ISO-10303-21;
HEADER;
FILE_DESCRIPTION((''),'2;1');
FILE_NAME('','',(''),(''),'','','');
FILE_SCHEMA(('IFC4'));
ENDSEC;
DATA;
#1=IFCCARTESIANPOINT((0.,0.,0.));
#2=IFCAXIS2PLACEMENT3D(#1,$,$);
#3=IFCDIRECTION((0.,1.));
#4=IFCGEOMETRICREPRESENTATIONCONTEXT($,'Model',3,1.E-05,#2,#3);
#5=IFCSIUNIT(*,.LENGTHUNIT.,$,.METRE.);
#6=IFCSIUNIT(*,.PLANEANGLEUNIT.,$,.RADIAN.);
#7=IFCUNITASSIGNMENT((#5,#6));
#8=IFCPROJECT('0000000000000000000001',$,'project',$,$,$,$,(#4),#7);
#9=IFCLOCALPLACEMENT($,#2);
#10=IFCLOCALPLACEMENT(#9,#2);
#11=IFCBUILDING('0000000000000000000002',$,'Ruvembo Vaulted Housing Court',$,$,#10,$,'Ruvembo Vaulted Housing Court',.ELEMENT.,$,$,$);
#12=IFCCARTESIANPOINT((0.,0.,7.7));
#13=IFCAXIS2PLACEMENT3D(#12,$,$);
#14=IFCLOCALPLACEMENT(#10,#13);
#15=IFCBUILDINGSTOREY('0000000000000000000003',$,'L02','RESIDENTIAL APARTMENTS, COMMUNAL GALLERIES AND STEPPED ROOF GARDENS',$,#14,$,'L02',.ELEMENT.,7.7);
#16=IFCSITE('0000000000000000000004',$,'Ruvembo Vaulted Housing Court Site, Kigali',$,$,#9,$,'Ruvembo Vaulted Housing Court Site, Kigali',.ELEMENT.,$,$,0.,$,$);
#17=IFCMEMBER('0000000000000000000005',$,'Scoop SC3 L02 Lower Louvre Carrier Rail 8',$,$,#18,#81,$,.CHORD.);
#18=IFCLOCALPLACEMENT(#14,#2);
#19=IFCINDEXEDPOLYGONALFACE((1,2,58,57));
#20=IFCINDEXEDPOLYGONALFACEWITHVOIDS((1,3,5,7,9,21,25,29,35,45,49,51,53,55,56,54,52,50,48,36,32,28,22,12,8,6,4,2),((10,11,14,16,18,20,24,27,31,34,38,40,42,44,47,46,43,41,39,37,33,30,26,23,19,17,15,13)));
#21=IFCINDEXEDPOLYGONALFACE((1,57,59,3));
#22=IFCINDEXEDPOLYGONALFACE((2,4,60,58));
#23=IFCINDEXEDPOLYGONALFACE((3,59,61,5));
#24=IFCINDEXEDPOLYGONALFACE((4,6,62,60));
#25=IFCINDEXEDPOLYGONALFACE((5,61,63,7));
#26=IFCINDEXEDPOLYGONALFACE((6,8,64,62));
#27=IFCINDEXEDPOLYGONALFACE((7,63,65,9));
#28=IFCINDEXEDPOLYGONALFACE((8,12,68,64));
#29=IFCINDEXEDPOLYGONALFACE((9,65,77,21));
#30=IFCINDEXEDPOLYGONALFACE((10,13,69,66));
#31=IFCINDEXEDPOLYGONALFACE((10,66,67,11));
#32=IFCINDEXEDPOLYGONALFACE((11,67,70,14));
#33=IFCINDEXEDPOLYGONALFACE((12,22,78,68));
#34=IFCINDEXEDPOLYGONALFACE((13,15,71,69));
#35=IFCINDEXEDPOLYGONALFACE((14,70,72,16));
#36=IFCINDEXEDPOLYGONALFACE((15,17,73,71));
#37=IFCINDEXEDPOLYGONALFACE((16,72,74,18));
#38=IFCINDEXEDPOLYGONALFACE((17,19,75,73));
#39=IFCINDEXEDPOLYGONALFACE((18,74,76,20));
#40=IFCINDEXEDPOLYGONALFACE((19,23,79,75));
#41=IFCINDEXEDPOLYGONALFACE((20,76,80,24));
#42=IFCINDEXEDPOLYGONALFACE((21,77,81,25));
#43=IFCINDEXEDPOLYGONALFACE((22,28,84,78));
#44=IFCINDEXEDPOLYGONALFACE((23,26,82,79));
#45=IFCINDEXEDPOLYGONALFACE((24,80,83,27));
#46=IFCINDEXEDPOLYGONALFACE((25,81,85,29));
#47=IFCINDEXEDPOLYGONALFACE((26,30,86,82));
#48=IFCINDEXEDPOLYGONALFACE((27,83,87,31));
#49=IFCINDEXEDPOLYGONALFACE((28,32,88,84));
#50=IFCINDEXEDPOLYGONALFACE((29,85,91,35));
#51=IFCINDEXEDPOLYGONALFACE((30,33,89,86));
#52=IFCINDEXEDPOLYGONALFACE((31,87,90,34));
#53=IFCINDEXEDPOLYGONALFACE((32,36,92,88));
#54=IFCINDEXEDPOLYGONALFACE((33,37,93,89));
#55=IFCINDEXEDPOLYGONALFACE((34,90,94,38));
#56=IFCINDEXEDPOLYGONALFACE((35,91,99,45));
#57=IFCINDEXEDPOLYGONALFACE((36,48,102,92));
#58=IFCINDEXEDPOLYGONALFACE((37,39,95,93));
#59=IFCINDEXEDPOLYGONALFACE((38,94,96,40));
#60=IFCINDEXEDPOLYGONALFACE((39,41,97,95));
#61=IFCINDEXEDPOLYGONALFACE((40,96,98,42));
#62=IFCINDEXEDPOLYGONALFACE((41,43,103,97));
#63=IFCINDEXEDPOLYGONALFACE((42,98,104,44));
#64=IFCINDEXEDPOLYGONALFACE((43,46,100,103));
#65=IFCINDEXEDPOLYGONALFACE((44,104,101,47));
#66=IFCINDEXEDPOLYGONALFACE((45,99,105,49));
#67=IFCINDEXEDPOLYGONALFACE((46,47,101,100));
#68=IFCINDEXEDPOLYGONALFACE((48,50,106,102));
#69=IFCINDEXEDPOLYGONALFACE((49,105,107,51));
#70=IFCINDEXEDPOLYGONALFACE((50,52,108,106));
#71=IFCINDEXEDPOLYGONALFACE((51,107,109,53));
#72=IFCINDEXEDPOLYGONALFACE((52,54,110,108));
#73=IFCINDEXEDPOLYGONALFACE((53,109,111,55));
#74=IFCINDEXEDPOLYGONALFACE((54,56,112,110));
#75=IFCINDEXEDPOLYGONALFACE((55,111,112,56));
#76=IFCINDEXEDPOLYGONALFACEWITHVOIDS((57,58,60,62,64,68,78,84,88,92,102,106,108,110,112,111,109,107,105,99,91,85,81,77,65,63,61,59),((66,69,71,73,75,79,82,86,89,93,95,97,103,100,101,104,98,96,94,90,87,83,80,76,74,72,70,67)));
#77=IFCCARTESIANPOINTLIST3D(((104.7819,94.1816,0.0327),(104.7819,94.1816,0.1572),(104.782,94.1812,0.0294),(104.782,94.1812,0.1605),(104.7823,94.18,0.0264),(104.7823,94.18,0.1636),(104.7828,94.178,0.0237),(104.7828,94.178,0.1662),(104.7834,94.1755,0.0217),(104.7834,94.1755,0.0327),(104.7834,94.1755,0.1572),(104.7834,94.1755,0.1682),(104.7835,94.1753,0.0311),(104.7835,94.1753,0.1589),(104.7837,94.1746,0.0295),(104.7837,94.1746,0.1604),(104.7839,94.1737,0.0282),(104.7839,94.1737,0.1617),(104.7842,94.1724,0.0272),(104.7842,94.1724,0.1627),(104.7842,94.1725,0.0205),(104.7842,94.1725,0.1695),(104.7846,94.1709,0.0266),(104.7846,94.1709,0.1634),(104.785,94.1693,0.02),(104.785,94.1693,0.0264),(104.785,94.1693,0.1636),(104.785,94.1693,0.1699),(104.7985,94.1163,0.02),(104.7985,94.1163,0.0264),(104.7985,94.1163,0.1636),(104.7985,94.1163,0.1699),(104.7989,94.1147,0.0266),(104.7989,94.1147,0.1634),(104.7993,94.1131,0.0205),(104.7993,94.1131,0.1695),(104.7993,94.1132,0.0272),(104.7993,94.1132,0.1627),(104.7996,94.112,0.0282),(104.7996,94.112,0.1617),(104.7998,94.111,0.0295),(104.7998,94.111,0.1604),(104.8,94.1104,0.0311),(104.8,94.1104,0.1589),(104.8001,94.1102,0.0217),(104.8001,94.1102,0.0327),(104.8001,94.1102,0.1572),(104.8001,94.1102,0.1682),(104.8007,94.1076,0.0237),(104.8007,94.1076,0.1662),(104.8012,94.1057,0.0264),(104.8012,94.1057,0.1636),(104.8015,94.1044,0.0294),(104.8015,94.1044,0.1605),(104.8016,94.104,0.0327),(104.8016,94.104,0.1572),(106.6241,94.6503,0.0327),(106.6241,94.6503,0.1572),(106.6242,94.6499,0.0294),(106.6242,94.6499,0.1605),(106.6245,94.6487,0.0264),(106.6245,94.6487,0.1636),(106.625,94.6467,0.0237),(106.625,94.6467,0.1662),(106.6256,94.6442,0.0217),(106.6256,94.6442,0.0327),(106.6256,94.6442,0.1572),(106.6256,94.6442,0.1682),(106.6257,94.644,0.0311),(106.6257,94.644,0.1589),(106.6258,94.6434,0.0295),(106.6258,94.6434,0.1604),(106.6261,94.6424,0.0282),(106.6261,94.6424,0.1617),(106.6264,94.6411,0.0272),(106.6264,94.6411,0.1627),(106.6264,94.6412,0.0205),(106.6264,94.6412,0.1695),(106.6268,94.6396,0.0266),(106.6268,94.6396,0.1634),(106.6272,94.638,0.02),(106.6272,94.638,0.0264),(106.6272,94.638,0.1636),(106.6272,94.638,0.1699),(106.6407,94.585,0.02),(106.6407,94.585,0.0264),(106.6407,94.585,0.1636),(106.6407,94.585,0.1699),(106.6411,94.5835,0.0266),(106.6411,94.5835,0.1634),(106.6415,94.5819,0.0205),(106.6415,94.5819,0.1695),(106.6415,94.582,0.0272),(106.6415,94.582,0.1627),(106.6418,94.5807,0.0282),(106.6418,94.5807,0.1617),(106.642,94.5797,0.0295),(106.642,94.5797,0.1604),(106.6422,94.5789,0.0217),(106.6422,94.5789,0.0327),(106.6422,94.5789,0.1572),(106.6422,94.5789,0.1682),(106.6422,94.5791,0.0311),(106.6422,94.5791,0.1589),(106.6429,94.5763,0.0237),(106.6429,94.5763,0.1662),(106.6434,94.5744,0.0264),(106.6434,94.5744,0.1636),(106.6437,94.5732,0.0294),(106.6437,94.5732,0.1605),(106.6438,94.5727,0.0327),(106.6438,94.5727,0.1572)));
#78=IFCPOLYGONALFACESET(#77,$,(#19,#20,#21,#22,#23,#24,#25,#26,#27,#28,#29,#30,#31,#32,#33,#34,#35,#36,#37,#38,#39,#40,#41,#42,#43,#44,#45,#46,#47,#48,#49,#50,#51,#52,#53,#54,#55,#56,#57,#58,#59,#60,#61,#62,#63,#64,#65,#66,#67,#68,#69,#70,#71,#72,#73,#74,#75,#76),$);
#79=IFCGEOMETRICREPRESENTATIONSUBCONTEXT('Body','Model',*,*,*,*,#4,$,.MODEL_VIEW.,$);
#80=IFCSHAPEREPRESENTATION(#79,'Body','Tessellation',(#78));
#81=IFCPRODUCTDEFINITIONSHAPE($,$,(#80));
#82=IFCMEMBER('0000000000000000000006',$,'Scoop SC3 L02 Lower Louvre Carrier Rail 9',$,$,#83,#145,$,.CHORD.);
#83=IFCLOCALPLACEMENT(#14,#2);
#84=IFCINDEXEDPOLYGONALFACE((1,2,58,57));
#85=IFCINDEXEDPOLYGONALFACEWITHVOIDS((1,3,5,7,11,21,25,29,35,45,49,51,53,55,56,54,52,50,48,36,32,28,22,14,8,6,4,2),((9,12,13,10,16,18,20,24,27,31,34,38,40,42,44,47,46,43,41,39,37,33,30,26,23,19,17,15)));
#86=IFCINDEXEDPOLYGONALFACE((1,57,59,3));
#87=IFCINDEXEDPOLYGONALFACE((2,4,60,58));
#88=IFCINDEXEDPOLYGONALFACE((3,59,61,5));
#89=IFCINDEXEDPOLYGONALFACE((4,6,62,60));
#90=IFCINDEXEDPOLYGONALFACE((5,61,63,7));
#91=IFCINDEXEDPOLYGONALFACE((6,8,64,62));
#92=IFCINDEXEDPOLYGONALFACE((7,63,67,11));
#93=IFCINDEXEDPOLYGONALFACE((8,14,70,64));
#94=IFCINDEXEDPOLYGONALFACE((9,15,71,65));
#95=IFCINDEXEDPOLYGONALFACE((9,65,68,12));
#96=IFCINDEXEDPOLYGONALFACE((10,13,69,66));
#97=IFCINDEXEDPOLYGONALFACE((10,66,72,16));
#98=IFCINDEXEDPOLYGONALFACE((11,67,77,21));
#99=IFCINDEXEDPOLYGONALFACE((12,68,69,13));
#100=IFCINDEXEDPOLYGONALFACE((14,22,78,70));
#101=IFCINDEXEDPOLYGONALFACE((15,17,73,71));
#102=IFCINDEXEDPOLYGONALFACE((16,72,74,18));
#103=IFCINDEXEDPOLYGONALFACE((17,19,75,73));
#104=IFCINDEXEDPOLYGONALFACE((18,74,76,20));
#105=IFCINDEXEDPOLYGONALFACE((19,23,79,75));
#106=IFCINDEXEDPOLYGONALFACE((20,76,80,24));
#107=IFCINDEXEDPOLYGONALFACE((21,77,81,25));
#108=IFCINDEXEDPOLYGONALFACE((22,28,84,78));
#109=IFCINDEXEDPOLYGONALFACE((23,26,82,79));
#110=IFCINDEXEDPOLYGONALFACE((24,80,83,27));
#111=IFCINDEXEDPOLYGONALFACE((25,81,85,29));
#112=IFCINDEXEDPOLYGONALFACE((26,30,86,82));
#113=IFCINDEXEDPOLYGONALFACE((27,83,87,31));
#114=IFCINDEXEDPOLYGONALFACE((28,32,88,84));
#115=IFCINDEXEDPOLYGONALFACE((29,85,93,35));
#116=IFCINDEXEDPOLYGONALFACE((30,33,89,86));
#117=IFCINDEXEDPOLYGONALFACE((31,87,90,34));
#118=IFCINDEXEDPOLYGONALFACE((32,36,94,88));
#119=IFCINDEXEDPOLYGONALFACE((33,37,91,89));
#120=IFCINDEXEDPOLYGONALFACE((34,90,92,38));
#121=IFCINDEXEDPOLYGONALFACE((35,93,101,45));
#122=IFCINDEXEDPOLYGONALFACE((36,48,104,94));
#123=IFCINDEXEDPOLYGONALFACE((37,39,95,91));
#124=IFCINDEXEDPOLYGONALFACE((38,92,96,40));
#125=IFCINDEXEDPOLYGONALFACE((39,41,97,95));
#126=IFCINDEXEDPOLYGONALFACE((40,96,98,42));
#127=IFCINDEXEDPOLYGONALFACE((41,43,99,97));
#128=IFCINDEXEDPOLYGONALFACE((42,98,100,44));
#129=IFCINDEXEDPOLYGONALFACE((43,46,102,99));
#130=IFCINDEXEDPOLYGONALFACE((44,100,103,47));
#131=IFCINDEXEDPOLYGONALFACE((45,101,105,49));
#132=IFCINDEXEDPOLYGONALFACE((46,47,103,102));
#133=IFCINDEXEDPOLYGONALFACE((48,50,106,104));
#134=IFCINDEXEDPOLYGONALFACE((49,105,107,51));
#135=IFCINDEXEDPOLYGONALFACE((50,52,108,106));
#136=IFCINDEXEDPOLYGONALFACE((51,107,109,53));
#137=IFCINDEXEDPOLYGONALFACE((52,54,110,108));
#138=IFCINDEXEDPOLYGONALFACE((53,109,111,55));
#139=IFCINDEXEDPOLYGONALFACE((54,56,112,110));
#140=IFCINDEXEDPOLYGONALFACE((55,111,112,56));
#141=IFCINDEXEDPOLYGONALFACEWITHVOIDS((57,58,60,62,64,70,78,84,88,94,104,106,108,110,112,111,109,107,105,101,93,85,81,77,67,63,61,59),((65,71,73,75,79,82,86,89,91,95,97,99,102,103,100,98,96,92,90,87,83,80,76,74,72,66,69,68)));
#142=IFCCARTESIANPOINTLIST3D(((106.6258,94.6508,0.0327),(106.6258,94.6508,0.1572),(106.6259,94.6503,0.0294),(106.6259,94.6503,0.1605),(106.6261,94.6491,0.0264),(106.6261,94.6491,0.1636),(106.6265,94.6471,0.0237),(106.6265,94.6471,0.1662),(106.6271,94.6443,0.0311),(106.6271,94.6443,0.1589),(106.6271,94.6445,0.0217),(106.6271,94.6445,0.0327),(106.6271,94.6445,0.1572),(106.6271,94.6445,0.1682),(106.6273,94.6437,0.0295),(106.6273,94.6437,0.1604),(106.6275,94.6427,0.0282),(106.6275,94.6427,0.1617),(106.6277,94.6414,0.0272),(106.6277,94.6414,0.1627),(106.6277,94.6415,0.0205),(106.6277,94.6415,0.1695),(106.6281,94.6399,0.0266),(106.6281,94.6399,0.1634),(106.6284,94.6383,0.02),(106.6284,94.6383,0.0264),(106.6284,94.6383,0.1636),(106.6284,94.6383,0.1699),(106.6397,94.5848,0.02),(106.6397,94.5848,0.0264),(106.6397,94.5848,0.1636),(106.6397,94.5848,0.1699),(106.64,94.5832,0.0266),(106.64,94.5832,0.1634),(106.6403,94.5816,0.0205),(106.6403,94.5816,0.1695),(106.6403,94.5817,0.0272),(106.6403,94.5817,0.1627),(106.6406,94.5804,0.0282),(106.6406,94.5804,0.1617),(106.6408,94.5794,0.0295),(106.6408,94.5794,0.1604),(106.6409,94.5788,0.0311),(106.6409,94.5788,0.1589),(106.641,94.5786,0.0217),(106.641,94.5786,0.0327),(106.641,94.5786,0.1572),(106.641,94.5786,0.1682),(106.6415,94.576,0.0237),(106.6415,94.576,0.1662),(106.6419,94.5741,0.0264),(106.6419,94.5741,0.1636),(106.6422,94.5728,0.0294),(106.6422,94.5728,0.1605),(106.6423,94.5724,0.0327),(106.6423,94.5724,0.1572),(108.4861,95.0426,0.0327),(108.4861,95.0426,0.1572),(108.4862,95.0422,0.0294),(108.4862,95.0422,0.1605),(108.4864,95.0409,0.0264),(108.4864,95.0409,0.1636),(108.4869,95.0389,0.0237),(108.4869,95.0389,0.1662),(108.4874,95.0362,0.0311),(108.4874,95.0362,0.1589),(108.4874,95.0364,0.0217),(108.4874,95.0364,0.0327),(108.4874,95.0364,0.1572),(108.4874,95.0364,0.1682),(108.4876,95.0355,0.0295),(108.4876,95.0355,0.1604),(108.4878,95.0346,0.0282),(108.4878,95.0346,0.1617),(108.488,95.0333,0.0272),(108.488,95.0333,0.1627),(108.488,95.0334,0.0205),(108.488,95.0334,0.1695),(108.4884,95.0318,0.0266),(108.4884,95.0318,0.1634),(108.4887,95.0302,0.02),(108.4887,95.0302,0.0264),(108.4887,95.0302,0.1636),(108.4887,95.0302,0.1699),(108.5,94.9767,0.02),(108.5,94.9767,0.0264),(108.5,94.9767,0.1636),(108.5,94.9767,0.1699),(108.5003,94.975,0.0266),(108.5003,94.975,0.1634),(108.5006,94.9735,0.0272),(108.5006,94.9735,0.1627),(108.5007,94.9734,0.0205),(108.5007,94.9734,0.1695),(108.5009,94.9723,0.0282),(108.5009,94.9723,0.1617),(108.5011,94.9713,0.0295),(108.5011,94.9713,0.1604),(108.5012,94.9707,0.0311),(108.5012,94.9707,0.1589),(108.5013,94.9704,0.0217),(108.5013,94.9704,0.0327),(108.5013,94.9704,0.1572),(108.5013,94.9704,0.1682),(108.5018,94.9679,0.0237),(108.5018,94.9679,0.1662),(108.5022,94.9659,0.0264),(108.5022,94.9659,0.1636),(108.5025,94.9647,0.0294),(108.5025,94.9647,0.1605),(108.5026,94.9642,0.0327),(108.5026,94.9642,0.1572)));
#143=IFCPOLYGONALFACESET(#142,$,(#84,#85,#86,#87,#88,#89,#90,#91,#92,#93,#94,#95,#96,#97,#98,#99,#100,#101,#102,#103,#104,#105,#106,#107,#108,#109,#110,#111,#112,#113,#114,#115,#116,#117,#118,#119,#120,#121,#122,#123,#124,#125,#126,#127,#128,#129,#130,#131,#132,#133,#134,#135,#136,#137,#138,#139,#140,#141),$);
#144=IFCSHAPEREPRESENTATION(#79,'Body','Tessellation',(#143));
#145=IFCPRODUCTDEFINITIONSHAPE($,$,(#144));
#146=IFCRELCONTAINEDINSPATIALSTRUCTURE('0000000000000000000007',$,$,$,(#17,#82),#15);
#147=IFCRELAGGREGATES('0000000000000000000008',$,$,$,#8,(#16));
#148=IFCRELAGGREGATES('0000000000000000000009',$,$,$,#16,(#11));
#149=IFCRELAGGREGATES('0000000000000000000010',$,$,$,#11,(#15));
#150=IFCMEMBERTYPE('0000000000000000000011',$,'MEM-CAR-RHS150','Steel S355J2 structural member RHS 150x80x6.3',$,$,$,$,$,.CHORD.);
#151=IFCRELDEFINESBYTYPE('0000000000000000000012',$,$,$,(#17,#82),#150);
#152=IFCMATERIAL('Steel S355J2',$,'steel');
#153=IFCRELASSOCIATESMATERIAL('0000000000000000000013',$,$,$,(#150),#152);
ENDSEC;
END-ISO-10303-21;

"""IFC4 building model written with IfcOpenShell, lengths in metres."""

from ifc_helpers import new_model, si_unit, direction, frame, origin, origin_2d, place, context, subcontext, project, spatial, hollow_rectangle, extrude, material, material_profile, profile_set, type_object, element, save


model = new_model("IFC4")

# Units and contexts
model_context = context("Model", 3, precision=1e-05, world=origin(), true_north=direction((0.0, 1.0)))
body_context = subcontext(model_context, "Body", "Model", "MODEL_VIEW")
ifc_project = project(units=[si_unit("LENGTHUNIT", "METRE"), si_unit("PLANEANGLEUNIT", "RADIAN")], contexts=[model_context])

# Site, building, storey
site_placement = place(None, origin())
site = spatial("IfcSite", under=ifc_project, at=site_placement, Name="Ruvembo Vaulted Housing Court Site, Kigali", LongName="Ruvembo Vaulted Housing Court Site, Kigali", CompositionType="ELEMENT", RefElevation=0.0)
building_placement = place(site_placement, origin())
building = spatial("IfcBuilding", under=site, at=building_placement, Name="Ruvembo Vaulted Housing Court", LongName="Ruvembo Vaulted Housing Court", CompositionType="ELEMENT")
storey_placement = place(building_placement, frame((0.0, 0.0, 7.7)))
storey = spatial("IfcBuildingStorey", under=building, at=storey_placement, Name="L02", Description="RESIDENTIAL APARTMENTS, COMMUNAL GALLERIES AND STEPPED ROOF GARDENS", LongName="L02", CompositionType="ELEMENT", Elevation=7.7)

# Shared definitions
ifc_material_1 = material(Name="Steel S355J2", Category="steel")

# Members
ifc_material_profile_1 = material_profile(ifc_material_1, hollow_rectangle(XDim=0.0801, YDim=0.1499, WallThickness=0.0063, InnerFilletRadius=0.0063, OuterFilletRadius=0.0127, at=origin_2d()), Name="RHS 150x80x6.3")
ifc_profile_set_1 = profile_set([ifc_material_profile_1], Name="Steel S355J2")
member_type_1 = type_object("IfcMemberType", Name="MEM-CAR-RHS150", Description="Steel S355J2 structural member RHS 150x80x6.3", PredefinedType="CHORD", material=ifc_profile_set_1)
member_1_placement = place(storey_placement, frame((104.7917, 94.1428, 0.095), z_axis=(0.969122, 0.246583, 0.0), x_axis=(-0.246583, 0.969122, 0.0)))
element("IfcMember", 1, at=member_1_placement, inside=storey, type_object=member_type_1, Name="Scoop SC3 L02 Lower Louvre Carrier Rail 8", PredefinedType="CHORD", context=body_context, shape_type="SweptSolid", body=[
    extrude(hollow_rectangle(XDim=0.0801, YDim=0.1499, WallThickness=0.0063, InnerFilletRadius=0.0063, OuterFilletRadius=0.0127, at=origin_2d()), origin(), (0.0, 0.0, 1.0), 1.9009),
])
member_2_placement = place(storey_placement, frame((106.634, 94.6116, 0.095), z_axis=(0.978529, 0.206108, 0.0), x_axis=(-0.206108, 0.978529, 0.0)))
element("IfcMember", 2, at=member_2_placement, inside=storey, type_object=member_type_1, Name="Scoop SC3 L02 Lower Louvre Carrier Rail 9", PredefinedType="CHORD", context=body_context, shape_type="SweptSolid", body=[
    extrude(hollow_rectangle(XDim=0.0801, YDim=0.1499, WallThickness=0.0063, InnerFilletRadius=0.0063, OuterFilletRadius=0.0127, at=origin_2d()), origin(), (0.0, 0.0, 1.0), 1.9011),
])

save(model, "model.ifc")
